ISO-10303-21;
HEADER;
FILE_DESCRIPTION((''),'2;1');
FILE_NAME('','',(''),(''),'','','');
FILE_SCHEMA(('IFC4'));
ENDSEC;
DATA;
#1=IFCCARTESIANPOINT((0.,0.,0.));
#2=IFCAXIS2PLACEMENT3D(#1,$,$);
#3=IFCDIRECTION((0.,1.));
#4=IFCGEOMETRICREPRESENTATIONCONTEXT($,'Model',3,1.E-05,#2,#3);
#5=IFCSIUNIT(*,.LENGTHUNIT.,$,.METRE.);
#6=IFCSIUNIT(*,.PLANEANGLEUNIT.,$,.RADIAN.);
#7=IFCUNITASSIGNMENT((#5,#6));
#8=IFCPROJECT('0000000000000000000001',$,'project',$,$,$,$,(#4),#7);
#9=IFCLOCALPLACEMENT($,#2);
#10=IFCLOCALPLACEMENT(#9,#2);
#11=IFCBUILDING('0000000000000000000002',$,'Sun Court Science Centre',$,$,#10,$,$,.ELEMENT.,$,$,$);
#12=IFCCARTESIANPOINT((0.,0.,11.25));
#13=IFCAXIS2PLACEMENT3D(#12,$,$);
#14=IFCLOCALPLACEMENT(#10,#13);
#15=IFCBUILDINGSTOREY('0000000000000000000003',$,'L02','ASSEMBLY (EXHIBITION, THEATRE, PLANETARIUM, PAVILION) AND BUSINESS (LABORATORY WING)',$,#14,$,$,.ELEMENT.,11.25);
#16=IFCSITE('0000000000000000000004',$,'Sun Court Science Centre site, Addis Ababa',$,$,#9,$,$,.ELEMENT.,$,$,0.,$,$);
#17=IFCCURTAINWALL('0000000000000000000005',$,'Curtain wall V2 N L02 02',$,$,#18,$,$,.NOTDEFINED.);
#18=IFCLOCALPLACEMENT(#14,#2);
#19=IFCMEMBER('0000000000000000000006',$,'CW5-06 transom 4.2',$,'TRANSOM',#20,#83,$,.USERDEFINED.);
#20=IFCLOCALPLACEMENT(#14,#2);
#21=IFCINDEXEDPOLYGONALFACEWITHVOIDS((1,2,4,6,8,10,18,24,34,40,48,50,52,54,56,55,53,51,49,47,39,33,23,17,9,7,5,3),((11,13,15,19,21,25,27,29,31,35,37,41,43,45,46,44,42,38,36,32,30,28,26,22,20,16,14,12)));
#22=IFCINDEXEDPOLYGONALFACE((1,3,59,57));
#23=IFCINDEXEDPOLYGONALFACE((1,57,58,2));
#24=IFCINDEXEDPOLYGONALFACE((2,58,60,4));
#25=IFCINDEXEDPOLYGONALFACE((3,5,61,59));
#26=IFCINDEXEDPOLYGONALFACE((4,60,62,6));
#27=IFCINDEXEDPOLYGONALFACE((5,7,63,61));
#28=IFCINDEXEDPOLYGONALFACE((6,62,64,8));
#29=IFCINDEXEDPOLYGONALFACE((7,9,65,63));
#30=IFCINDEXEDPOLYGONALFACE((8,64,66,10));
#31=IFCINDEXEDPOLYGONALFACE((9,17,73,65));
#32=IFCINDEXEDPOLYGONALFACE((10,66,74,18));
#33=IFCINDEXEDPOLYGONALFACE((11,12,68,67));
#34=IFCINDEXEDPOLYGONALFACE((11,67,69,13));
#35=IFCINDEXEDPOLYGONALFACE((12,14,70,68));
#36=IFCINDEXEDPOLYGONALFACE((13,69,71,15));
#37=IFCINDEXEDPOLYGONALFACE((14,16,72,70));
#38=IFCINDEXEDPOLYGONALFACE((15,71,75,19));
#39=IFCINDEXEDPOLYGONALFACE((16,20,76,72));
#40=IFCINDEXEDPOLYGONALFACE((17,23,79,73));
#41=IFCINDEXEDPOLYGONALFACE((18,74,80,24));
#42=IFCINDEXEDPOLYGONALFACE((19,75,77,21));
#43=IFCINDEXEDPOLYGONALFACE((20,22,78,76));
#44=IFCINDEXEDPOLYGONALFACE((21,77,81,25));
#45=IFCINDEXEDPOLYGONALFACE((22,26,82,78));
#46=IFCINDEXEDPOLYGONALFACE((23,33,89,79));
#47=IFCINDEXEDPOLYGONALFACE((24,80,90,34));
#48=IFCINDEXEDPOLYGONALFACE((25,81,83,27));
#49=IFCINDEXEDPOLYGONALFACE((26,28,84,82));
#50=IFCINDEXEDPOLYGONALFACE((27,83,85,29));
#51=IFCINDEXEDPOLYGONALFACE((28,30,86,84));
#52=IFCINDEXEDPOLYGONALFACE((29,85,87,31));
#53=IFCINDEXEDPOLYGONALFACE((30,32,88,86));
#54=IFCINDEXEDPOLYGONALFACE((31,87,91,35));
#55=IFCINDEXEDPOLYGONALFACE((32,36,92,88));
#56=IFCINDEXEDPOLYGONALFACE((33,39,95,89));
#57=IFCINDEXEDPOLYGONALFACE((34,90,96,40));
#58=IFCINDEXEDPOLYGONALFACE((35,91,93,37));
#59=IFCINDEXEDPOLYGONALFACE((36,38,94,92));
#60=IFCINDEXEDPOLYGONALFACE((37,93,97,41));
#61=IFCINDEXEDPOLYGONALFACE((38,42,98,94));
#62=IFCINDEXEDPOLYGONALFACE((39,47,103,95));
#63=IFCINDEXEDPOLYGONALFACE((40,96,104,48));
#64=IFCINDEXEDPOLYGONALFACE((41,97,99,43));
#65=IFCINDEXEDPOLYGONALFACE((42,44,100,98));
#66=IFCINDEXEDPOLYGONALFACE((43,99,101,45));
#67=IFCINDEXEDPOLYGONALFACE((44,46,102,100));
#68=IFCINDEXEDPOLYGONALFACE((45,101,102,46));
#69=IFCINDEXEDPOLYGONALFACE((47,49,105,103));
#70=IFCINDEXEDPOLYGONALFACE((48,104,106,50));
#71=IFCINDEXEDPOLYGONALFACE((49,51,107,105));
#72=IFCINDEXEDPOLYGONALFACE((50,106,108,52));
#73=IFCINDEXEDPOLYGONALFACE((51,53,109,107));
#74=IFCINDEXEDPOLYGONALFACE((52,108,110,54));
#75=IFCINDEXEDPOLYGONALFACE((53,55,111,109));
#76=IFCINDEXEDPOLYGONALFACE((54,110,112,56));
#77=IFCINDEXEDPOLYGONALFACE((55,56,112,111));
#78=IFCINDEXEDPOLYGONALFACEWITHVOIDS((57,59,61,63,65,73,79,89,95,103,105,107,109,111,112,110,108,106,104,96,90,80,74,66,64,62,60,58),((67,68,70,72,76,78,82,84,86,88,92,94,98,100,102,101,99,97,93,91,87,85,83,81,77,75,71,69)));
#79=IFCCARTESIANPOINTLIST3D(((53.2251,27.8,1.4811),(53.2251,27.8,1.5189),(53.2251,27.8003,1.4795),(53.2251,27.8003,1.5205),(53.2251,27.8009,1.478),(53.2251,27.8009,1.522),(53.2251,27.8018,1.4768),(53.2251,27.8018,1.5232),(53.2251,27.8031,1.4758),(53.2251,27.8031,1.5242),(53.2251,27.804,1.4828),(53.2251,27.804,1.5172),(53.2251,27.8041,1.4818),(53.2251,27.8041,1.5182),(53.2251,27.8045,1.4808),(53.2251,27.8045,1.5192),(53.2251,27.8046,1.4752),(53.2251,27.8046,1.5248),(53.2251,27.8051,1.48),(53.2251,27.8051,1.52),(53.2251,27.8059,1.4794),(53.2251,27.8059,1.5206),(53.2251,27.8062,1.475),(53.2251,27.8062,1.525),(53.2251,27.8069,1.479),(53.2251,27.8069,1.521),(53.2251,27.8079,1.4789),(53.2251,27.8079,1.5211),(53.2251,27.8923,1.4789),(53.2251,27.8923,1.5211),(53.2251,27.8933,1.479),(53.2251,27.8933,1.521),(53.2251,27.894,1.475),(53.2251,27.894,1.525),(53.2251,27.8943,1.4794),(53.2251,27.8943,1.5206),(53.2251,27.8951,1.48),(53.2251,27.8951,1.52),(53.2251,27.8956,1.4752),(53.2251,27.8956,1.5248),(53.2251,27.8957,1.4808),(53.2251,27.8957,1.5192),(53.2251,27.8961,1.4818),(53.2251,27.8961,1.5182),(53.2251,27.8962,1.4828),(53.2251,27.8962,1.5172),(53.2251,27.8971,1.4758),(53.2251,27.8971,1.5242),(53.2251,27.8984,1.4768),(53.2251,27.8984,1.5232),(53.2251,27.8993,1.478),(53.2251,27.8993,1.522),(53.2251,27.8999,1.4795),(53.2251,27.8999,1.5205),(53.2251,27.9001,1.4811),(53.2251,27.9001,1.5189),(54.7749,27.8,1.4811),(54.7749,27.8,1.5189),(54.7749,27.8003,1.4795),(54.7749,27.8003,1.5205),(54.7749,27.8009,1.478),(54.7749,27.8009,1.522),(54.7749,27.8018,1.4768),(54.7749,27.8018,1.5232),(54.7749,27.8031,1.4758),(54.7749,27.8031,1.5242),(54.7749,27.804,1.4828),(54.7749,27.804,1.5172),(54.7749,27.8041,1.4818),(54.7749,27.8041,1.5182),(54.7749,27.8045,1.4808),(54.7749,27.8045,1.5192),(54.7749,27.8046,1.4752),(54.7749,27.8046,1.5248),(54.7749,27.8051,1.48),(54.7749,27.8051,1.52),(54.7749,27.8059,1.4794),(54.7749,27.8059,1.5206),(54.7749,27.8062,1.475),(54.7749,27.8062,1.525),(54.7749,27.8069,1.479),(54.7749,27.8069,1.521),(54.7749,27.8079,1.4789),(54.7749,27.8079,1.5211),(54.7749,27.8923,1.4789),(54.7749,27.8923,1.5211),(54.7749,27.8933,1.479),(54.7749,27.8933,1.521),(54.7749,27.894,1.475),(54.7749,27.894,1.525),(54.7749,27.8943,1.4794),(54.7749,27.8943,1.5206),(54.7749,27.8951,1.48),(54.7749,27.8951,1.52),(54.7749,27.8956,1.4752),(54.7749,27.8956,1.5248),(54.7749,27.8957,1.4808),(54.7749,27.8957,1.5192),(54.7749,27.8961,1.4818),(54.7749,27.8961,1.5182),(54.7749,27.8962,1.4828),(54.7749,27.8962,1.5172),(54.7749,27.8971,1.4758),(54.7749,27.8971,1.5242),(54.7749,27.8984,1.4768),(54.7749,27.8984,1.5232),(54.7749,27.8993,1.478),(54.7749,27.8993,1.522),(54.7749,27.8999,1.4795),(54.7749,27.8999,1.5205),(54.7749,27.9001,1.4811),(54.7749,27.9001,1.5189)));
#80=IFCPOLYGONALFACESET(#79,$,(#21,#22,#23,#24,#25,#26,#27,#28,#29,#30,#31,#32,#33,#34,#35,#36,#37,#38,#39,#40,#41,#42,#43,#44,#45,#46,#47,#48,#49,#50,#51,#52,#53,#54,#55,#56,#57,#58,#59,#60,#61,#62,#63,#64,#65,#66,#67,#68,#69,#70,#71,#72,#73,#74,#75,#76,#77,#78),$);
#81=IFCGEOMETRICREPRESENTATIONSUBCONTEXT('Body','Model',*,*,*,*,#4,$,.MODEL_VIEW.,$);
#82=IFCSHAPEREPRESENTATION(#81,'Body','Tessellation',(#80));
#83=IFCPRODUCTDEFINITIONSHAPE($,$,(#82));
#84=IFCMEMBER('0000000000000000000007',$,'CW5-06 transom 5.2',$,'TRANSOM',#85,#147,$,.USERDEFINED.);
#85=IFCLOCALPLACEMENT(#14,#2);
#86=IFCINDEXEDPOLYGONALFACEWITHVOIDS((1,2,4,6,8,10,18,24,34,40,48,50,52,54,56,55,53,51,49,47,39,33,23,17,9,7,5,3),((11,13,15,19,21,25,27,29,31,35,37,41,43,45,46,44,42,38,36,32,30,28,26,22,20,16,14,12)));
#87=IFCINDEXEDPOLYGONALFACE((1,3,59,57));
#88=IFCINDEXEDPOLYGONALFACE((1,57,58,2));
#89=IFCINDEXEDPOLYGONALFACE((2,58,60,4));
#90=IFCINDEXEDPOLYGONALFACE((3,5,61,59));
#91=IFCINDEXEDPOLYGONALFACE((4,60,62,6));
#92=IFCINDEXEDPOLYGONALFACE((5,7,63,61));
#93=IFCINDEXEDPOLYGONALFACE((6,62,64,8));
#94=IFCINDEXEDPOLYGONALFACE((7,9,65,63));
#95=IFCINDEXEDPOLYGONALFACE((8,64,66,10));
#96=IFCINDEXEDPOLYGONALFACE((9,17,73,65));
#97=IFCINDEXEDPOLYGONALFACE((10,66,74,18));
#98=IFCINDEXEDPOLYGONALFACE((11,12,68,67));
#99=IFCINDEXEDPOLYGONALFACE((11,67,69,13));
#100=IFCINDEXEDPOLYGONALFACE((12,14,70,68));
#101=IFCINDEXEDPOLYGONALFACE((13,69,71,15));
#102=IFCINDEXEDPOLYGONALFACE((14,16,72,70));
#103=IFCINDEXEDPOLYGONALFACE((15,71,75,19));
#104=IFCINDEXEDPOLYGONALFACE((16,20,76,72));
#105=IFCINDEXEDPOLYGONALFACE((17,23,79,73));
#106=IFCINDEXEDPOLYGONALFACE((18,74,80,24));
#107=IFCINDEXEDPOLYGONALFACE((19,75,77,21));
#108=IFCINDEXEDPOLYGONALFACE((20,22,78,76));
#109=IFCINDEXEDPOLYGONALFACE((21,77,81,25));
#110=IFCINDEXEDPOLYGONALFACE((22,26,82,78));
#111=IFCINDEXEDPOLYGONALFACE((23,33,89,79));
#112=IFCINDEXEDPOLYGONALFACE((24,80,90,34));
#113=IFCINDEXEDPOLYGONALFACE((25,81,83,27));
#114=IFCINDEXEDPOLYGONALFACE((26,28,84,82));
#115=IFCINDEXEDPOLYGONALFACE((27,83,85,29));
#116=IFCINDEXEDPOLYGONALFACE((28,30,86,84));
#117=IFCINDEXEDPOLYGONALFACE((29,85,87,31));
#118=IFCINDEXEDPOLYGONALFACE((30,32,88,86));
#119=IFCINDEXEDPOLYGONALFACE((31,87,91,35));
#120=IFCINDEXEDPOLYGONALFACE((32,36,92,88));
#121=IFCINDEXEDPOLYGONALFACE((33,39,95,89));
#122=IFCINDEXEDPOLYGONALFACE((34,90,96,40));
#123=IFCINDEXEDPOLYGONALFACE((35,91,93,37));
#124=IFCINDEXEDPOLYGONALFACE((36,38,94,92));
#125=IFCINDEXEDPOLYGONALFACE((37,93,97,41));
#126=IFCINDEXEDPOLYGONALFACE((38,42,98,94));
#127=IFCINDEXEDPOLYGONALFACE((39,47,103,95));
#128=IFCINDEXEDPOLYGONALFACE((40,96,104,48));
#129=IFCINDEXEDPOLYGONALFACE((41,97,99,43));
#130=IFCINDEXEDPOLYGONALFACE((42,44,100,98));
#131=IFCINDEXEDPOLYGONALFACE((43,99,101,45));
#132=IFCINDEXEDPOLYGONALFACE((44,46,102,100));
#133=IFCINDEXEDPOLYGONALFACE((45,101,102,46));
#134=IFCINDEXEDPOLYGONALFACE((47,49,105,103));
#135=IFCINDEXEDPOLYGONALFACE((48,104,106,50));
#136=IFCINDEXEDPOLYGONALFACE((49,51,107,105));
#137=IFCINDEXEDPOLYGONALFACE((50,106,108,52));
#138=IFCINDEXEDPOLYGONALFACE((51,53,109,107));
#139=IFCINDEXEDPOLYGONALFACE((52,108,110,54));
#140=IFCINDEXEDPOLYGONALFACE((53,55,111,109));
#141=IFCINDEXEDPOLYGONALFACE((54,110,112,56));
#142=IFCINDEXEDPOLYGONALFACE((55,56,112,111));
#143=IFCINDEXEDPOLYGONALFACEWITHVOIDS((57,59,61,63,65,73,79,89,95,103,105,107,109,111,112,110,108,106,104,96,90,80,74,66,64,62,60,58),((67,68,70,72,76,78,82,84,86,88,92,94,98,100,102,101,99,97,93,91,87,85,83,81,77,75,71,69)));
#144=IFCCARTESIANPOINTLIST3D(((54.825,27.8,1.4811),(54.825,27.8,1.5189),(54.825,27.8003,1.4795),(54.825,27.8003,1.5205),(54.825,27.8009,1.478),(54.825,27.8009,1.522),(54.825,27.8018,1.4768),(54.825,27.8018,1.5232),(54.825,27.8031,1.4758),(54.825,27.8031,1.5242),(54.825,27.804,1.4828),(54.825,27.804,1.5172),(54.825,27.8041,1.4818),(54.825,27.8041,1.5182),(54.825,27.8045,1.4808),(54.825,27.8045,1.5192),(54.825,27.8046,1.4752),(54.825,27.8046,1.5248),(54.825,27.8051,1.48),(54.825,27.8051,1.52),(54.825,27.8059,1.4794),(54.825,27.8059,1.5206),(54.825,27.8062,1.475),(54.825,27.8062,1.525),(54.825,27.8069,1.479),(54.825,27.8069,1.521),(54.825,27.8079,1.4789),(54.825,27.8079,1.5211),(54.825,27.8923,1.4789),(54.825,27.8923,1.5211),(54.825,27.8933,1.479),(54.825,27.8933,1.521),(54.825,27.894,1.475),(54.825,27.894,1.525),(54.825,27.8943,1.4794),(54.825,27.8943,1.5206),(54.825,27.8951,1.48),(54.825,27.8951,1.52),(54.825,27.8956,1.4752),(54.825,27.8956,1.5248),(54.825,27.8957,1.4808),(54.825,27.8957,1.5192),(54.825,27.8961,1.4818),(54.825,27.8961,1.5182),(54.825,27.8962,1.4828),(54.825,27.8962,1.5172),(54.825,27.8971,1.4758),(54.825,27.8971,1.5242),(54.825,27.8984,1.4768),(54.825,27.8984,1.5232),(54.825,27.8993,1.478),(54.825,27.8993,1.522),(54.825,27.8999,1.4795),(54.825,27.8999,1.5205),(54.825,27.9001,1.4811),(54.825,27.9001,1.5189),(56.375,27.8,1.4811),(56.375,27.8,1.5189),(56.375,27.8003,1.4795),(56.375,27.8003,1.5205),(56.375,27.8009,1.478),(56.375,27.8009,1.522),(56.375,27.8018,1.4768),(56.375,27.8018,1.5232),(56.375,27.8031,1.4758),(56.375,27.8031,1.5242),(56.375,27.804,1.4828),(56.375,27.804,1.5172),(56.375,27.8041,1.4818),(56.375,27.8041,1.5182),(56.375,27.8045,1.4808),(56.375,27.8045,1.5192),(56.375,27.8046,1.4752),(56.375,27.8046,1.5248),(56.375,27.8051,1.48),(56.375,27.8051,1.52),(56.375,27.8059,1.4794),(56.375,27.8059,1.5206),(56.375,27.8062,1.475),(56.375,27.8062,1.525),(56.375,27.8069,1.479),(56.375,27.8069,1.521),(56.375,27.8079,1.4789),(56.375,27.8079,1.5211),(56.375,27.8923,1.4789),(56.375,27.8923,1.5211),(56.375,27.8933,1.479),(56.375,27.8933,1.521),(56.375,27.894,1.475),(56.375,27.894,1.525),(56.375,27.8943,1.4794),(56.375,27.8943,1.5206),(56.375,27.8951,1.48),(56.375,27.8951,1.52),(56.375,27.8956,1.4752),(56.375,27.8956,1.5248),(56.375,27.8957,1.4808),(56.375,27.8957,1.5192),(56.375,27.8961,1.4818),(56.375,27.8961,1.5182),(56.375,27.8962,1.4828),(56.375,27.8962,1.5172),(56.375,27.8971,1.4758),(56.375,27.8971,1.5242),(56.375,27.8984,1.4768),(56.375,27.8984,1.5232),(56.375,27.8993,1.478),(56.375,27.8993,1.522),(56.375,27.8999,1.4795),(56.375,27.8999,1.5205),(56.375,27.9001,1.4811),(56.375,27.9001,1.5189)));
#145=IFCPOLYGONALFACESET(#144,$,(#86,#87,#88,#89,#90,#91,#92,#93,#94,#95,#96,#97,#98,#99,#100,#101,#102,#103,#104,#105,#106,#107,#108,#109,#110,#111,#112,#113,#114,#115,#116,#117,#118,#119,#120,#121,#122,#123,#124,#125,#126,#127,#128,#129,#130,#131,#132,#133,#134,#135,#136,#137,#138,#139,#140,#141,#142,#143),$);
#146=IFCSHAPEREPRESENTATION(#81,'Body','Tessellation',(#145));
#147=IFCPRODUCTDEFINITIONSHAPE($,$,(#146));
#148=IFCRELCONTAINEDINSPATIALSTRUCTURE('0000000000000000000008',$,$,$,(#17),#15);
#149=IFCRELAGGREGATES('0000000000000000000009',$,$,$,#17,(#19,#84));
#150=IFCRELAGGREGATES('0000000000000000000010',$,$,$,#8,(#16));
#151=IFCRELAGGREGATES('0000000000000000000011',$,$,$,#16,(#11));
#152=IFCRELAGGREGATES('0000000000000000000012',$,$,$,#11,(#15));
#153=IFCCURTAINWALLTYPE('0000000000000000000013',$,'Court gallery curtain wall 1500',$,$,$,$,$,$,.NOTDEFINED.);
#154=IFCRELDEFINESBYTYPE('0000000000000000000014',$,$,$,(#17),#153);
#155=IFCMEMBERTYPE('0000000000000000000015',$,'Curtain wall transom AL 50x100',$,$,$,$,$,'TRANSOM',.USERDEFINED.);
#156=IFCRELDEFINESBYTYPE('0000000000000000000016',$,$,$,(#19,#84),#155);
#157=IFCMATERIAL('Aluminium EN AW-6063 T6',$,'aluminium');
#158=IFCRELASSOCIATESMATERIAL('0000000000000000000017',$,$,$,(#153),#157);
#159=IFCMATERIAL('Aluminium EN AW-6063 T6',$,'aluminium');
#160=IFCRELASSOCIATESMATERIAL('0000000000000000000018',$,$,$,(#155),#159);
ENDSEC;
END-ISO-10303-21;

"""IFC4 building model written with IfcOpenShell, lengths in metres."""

from ifc_helpers import new_model, si_unit, direction, frame, origin, origin_2d, place, context, subcontext, project, spatial, hollow_rectangle, extrude, material, material_profile, profile_set, type_object, element, aggregate, save


model = new_model("IFC4")

# Units and contexts
model_context = context("Model", 3, precision=1e-05, world=origin(), true_north=direction((0.0, 1.0)))
body_context = subcontext(model_context, "Body", "Model", "MODEL_VIEW")
ifc_project = project(units=[si_unit("LENGTHUNIT", "METRE"), si_unit("PLANEANGLEUNIT", "RADIAN")], contexts=[model_context])

# Site, building, storey
site_placement = place(None, origin())
site = spatial("IfcSite", under=ifc_project, at=site_placement, Name="Sun Court Science Centre site, Addis Ababa", CompositionType="ELEMENT", RefElevation=0.0)
building_placement = place(site_placement, origin())
building = spatial("IfcBuilding", under=site, at=building_placement, Name="Sun Court Science Centre", CompositionType="ELEMENT")
storey_placement = place(building_placement, frame((0.0, 0.0, 11.25)))
storey = spatial("IfcBuildingStorey", under=building, at=storey_placement, Name="L02", Description="ASSEMBLY (EXHIBITION, THEATRE, PLANETARIUM, PAVILION) AND BUSINESS (LABORATORY WING)", CompositionType="ELEMENT", Elevation=11.25)

# Curtain wall, members
ifc_material_1 = material(Name="Aluminium EN AW-6063 T6", Category="aluminium")
curtain_wall_type_1 = type_object("IfcCurtainWallType", Name="Court gallery curtain wall 1500", PredefinedType="NOTDEFINED", material=ifc_material_1)
curtain_wall_1_placement = place(storey_placement, origin())
curtain_wall_1 = element("IfcCurtainWall", 1, at=curtain_wall_1_placement, inside=storey, type_object=curtain_wall_type_1, Name="Curtain wall V2 N L02 02", PredefinedType="NOTDEFINED")
ifc_material_2 = material(Name="Aluminium EN AW-6063 T6", Category="aluminium")
ifc_material_profile_1 = material_profile(ifc_material_2, hollow_rectangle(XDim=0.05, YDim=0.1001, WallThickness=0.0039, InnerFilletRadius=0.0039, OuterFilletRadius=0.0061, at=origin_2d()), Name="AL 50x100x4")
ifc_profile_set_1 = profile_set([ifc_material_profile_1], Name="Aluminium EN AW-6063 T6")
member_type_1 = type_object("IfcMemberType", Name="Curtain wall transom AL 50x100", ElementType="TRANSOM", PredefinedType="USERDEFINED", material=ifc_profile_set_1)
member_1_placement = place(storey_placement, frame((53.2251, 27.8501, 1.5), z_axis=(1.0, 0.0, 0.0), x_axis=(0.0, 0.0, 1.0)))
member_1 = element("IfcMember", 2, at=member_1_placement, type_object=member_type_1, Name="CW5-06 transom 4.2", ObjectType="TRANSOM", PredefinedType="USERDEFINED", context=body_context, shape_type="SweptSolid", body=[
    extrude(hollow_rectangle(XDim=0.05, YDim=0.1001, WallThickness=0.0039, InnerFilletRadius=0.0039, OuterFilletRadius=0.0061, at=origin_2d()), origin(), (0.0, 0.0, 1.0), 1.5498),
])
member_2_placement = place(storey_placement, frame((54.825, 27.8501, 1.5), z_axis=(1.0, 0.0, 0.0), x_axis=(0.0, 0.0, 1.0)))
member_2 = element("IfcMember", 3, at=member_2_placement, type_object=member_type_1, Name="CW5-06 transom 5.2", ObjectType="TRANSOM", PredefinedType="USERDEFINED", context=body_context, shape_type="SweptSolid", body=[
    extrude(hollow_rectangle(XDim=0.05, YDim=0.1001, WallThickness=0.0039, InnerFilletRadius=0.0039, OuterFilletRadius=0.0061, at=origin_2d()), origin(), (0.0, 0.0, 1.0), 1.55),
])

aggregate(curtain_wall_1, [member_1, member_2])

save(model, "model.ifc")
